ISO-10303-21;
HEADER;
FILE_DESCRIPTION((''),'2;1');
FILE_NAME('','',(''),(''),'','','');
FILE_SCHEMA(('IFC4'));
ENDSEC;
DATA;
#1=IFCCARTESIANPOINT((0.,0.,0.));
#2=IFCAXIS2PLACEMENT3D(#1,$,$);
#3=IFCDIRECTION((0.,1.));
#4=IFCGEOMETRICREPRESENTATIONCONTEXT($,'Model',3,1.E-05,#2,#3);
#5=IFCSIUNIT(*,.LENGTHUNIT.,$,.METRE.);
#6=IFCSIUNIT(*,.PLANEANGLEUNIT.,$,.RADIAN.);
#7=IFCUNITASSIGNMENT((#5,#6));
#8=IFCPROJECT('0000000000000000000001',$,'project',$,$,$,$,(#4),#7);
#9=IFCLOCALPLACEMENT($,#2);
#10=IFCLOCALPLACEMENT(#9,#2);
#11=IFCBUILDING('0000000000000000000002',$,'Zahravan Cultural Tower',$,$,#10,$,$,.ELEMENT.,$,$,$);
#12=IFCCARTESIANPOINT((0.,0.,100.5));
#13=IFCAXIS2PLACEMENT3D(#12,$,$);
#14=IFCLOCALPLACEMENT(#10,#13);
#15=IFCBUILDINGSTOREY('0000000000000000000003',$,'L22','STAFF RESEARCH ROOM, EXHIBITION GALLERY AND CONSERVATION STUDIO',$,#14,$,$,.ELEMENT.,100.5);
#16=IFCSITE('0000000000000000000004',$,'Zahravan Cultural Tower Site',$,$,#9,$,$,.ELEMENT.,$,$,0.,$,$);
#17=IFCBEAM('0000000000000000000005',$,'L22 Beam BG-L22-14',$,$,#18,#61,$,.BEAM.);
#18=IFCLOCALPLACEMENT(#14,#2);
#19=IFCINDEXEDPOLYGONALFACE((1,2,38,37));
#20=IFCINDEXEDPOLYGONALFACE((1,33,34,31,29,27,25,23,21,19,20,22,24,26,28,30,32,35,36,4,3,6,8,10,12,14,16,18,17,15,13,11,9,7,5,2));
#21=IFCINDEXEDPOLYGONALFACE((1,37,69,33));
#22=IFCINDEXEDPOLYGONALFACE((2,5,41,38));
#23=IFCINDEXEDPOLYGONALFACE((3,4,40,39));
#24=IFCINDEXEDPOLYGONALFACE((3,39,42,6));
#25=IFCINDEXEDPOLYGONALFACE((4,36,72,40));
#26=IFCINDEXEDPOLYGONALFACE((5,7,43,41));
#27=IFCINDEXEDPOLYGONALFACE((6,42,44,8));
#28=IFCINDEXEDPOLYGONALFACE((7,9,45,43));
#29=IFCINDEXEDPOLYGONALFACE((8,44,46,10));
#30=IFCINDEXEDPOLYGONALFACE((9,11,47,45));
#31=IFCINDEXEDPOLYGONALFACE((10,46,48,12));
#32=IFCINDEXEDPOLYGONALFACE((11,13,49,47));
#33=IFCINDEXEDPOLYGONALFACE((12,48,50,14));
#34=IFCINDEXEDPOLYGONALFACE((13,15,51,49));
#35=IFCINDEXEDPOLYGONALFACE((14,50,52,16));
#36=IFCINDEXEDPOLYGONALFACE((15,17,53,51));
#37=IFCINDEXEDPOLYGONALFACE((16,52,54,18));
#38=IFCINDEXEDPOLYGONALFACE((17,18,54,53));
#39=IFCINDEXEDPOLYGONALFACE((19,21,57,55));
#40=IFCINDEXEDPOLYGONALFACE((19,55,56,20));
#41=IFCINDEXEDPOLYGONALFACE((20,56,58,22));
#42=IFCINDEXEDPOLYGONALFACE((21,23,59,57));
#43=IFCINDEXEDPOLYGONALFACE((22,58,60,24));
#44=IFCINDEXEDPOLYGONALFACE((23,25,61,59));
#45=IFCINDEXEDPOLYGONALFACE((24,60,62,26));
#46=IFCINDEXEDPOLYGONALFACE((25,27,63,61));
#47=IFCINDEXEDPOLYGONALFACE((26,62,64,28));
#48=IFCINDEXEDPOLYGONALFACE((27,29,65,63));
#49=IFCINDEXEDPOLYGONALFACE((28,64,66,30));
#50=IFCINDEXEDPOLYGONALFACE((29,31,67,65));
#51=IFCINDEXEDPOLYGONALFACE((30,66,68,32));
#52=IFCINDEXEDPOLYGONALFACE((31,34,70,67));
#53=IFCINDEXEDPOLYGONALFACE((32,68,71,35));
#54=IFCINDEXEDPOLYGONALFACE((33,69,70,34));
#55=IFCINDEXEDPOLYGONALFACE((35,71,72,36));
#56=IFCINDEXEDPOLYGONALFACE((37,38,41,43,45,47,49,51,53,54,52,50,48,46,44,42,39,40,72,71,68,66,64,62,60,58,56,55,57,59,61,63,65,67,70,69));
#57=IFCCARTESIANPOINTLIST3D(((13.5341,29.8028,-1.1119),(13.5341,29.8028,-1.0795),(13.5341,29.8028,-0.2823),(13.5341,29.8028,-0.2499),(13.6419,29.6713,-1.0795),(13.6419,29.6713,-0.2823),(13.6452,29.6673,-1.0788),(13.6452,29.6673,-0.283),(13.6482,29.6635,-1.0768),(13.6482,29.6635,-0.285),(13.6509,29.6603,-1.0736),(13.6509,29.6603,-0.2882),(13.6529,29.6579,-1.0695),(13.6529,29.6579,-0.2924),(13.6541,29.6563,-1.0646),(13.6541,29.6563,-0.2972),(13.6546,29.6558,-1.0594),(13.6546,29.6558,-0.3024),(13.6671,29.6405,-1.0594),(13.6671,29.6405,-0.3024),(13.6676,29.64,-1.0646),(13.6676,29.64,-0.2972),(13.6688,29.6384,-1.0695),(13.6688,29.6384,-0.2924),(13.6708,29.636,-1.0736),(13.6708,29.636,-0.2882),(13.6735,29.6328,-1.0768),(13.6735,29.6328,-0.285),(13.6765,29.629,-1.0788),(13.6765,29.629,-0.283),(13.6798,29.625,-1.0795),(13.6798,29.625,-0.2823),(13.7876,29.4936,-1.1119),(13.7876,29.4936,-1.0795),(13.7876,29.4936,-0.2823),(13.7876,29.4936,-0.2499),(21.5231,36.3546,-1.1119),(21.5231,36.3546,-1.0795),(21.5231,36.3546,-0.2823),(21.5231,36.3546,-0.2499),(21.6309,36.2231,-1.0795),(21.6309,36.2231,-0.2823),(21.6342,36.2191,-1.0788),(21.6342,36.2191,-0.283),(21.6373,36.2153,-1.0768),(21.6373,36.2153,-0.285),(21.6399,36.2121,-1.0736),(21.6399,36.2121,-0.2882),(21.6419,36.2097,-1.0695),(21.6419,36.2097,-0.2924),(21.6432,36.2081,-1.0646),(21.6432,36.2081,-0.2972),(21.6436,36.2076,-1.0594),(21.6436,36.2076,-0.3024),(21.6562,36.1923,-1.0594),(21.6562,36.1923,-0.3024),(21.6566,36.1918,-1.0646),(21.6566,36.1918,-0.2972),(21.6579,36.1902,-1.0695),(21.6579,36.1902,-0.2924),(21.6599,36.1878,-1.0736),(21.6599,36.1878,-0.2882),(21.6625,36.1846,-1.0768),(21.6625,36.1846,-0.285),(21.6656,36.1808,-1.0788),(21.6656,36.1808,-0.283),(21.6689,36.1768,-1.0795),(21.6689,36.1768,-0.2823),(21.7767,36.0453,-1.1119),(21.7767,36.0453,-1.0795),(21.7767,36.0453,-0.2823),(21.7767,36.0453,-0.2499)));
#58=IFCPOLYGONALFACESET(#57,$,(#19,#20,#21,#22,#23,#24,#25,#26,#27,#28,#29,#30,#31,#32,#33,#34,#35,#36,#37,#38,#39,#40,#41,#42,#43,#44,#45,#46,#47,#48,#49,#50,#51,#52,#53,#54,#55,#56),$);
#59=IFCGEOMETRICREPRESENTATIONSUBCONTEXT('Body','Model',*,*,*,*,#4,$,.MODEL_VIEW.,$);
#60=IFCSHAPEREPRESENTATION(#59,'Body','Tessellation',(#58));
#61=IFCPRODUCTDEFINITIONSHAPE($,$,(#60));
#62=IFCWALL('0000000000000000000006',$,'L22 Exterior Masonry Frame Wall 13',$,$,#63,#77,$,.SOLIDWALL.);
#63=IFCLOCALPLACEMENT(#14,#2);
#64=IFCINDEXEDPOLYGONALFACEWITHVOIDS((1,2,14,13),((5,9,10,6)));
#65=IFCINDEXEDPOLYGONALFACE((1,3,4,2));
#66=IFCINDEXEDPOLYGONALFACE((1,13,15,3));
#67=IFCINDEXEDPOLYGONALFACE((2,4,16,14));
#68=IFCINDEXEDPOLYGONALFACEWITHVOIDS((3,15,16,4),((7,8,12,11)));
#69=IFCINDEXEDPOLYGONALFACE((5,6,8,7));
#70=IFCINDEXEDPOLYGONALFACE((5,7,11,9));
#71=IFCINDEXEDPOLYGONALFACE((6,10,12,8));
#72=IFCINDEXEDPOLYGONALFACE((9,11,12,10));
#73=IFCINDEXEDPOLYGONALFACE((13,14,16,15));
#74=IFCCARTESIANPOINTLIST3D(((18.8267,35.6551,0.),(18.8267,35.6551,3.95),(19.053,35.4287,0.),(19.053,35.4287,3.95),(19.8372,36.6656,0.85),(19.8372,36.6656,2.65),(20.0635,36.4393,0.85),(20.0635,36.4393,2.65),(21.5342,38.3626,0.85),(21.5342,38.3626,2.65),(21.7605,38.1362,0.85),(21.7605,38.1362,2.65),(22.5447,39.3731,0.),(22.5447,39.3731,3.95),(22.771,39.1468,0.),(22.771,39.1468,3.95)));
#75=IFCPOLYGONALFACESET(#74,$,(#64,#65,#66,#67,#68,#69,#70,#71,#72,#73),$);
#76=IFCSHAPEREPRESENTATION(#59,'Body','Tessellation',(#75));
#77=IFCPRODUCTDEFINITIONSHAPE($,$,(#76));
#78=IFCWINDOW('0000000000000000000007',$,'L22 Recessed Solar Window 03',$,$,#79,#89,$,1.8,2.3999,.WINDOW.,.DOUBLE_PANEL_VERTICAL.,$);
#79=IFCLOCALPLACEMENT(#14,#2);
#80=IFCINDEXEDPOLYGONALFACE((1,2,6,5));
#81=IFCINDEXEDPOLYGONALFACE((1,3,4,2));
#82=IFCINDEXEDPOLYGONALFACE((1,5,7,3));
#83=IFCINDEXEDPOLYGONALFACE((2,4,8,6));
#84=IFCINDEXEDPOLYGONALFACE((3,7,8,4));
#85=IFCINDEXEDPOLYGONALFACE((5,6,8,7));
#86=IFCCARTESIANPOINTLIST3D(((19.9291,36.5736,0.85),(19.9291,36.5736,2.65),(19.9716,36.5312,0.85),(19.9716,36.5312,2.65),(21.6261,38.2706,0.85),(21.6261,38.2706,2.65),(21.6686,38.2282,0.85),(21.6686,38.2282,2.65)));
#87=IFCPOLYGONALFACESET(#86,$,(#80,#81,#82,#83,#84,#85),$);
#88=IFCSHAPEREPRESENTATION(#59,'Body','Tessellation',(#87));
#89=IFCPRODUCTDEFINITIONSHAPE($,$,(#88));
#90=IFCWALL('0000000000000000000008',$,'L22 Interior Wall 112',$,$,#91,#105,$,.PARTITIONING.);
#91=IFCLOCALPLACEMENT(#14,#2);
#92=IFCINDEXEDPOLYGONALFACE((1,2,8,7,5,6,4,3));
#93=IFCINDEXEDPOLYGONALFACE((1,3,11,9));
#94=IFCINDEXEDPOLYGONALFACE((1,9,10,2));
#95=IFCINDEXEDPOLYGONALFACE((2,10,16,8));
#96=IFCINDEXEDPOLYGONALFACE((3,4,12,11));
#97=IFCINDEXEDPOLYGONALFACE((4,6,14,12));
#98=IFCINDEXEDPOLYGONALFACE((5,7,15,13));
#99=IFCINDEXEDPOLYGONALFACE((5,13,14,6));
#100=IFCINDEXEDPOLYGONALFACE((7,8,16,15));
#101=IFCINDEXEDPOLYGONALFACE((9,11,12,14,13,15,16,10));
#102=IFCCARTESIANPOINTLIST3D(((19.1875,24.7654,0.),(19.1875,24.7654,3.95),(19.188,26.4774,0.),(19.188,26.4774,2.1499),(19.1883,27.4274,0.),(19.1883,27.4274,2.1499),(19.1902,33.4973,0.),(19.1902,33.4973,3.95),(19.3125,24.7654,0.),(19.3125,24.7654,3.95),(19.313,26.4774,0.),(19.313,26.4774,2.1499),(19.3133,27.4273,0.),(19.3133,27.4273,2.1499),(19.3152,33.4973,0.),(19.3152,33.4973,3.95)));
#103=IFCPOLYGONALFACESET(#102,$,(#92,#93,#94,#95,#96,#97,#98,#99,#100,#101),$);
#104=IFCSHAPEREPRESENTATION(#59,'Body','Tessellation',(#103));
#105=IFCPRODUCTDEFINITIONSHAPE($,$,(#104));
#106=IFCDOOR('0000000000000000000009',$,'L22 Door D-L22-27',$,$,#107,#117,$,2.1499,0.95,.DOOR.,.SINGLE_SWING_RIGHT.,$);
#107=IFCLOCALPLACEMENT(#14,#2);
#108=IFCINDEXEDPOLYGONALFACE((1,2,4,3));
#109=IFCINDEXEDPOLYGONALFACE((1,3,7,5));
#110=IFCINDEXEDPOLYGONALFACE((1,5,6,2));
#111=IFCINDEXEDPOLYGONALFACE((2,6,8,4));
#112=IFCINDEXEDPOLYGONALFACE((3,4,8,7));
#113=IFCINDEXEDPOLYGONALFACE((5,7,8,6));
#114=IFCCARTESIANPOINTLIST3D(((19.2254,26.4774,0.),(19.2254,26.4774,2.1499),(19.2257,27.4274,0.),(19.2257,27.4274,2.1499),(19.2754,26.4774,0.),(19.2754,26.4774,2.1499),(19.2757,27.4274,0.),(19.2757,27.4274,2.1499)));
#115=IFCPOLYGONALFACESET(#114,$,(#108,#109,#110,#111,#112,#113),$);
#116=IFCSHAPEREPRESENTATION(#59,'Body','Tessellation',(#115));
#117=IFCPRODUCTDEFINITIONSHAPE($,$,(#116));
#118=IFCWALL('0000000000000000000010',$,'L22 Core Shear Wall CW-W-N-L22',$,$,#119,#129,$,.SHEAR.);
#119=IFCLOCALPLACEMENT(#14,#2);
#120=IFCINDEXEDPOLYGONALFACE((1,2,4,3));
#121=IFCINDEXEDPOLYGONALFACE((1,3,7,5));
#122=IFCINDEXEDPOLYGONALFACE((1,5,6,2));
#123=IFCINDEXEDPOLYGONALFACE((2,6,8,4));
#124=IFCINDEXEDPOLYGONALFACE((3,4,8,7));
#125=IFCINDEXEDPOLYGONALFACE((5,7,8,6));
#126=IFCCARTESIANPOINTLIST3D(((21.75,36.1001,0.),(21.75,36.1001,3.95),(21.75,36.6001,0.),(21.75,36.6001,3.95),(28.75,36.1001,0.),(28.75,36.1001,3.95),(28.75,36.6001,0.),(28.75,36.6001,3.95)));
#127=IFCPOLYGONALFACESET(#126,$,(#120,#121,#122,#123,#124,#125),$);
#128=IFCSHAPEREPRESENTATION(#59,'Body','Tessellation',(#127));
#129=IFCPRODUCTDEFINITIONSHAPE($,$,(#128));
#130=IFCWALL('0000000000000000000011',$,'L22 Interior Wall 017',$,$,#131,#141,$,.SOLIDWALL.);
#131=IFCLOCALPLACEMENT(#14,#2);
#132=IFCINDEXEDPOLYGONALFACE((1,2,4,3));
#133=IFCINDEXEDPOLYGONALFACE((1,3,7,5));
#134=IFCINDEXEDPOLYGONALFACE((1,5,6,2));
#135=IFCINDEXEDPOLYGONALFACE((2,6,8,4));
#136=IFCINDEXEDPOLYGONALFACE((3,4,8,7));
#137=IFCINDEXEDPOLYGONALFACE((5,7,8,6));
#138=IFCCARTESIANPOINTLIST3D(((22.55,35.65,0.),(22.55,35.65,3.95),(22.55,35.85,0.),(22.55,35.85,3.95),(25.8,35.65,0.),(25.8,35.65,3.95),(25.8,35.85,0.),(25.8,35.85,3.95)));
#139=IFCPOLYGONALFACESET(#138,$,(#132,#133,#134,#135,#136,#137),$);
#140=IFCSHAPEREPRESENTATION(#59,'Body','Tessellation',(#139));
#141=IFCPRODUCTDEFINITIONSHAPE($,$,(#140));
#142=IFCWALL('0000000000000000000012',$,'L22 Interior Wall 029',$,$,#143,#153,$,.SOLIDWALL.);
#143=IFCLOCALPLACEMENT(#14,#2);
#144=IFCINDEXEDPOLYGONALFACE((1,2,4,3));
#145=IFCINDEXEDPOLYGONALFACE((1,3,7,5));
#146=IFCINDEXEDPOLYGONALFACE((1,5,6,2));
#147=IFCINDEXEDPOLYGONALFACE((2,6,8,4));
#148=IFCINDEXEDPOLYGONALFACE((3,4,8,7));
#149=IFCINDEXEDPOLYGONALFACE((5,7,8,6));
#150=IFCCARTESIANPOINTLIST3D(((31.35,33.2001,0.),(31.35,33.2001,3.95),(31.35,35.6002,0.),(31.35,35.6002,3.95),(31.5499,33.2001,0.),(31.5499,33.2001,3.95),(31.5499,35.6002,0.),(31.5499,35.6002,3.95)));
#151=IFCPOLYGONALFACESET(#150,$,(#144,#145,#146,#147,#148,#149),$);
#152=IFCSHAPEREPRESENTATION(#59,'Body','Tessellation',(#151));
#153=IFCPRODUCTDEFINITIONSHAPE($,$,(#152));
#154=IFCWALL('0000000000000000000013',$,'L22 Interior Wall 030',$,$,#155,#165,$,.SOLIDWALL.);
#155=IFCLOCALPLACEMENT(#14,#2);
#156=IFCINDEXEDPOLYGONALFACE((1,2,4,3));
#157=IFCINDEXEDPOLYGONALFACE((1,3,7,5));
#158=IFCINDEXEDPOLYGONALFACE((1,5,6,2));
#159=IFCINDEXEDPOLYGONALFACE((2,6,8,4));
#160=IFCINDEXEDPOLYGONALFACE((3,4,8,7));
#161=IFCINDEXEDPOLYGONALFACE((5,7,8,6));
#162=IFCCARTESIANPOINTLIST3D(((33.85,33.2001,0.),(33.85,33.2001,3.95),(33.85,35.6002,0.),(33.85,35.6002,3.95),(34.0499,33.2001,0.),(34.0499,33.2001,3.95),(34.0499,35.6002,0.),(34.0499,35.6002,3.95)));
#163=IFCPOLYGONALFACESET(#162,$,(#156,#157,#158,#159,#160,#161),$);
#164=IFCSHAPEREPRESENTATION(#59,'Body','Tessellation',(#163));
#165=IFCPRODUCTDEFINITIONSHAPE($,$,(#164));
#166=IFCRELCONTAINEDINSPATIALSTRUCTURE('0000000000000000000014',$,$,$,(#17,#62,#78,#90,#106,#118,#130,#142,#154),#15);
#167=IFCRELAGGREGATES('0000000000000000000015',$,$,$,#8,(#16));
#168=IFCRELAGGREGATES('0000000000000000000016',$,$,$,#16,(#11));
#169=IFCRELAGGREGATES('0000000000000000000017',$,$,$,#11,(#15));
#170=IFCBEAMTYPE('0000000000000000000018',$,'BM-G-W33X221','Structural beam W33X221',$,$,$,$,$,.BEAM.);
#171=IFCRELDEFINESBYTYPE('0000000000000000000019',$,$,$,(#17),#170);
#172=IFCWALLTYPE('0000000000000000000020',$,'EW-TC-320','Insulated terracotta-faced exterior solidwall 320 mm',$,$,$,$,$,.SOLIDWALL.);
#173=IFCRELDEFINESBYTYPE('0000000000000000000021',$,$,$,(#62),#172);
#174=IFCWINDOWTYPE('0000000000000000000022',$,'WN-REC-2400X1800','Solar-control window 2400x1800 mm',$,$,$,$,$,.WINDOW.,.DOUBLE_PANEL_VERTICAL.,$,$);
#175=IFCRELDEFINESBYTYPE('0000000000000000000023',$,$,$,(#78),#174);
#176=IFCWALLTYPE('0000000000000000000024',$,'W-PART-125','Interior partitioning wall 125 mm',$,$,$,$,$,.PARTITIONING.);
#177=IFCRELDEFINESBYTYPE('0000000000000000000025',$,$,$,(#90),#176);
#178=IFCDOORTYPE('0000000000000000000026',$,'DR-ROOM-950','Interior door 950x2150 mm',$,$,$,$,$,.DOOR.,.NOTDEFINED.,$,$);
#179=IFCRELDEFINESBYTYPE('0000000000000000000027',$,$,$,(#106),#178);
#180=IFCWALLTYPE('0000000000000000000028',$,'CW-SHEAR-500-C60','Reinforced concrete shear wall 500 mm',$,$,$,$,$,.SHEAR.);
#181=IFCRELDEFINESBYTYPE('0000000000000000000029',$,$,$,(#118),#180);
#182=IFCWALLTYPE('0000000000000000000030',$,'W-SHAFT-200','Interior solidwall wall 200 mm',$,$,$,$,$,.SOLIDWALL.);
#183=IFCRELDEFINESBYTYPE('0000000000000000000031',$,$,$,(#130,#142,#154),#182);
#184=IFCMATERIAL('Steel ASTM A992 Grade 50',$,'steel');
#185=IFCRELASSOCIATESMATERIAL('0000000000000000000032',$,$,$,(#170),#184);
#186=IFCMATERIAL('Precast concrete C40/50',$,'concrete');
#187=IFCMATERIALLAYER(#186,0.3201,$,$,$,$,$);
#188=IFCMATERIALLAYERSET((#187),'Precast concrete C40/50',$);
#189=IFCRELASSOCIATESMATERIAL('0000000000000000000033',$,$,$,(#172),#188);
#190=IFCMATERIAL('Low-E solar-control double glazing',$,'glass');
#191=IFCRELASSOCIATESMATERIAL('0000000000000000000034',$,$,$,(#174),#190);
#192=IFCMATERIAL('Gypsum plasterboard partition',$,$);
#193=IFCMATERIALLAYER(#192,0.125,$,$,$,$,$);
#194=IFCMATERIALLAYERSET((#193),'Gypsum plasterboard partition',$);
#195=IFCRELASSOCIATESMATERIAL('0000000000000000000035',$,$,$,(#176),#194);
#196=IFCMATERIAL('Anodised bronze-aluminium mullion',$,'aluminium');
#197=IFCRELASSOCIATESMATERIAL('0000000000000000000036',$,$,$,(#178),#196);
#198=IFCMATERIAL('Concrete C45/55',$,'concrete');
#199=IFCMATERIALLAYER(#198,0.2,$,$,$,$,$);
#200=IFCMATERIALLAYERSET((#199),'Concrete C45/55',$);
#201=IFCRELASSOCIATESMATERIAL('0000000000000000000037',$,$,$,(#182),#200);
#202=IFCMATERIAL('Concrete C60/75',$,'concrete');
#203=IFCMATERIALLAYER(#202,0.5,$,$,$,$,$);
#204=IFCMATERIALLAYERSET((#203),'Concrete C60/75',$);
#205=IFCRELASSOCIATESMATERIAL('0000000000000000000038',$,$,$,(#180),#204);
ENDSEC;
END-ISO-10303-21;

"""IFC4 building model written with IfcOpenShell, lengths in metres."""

from ifc_helpers import new_model, si_unit, direction, frame, frame_2d, origin, origin_2d, place, context, subcontext, project, spatial, rectangle, i_section, extrude, source, transform, mapped, material, layer, layer_set, material_profile, profile_set, type_object, element, fill, save


model = new_model("IFC4")

# Units and contexts
model_context = context("Model", 3, precision=1e-05, world=origin(), true_north=direction((0.0, 1.0)))
body_context = subcontext(model_context, "Body", "Model", "MODEL_VIEW")
ifc_project = project(units=[si_unit("LENGTHUNIT", "METRE"), si_unit("PLANEANGLEUNIT", "RADIAN")], contexts=[model_context])

# Site, building, storey
site_placement = place(None, origin())
site = spatial("IfcSite", under=ifc_project, at=site_placement, Name="Zahravan Cultural Tower Site", CompositionType="ELEMENT", RefElevation=0.0)
building_placement = place(site_placement, origin())
building = spatial("IfcBuilding", under=site, at=building_placement, Name="Zahravan Cultural Tower", CompositionType="ELEMENT")
storey_placement = place(building_placement, frame((0.0, 0.0, 100.5)))
storey = spatial("IfcBuildingStorey", under=building, at=storey_placement, Name="L22", Description="STAFF RESEARCH ROOM, EXHIBITION GALLERY AND CONSERVATION STUDIO", CompositionType="ELEMENT", Elevation=100.5)

# Shared definitions
ifc_material_1 = material(Name="Concrete C60/75", Category="concrete")

# Beam
ifc_material_2 = material(Name="Steel ASTM A992 Grade 50", Category="steel")
ifc_material_profile_1 = material_profile(ifc_material_2, i_section(OverallWidth=0.3999, OverallDepth=0.8621, WebThickness=0.0198, FlangeThickness=0.0325, FilletRadius=0.02, at=origin_2d()), Name="W33X221")
ifc_profile_set_1 = profile_set([ifc_material_profile_1], Name="Steel ASTM A992 Grade 50")
beam_type_1 = type_object("IfcBeamType", Name="BM-G-W33X221", Description="Structural beam W33X221", PredefinedType="BEAM", material=ifc_profile_set_1)
shared_shape_1 = source(origin(), body_context, "Body", "SweptSolid", [
    extrude(i_section(OverallWidth=0.3999, OverallDepth=0.8621, WebThickness=0.0198, FlangeThickness=0.0325, FilletRadius=0.02, at=origin_2d()), origin(), (0.0, 0.0, 1.0), 10.332),
])
beam_1_placement = place(storey_placement, frame((21.6499, 36.2, -0.6809), z_axis=(-0.773231, -0.634124, 0.0), x_axis=(0.634124, -0.773231, 0.0)))
element("IfcBeam", 1, at=beam_1_placement, inside=storey, type_object=beam_type_1, Name="L22 Beam BG-L22-14", PredefinedType="BEAM", context=body_context, shape_type="MappedRepresentation", body=[
    mapped(shared_shape_1, transform((0.0, 0.0, 0.0), x_axis=(1.0, 0.0, 0.0), y_axis=(0.0, 1.0, 0.0), z_axis=(0.0, 0.0, 1.0), scale=1.0)),
])

# Wall, opening, window
ifc_material_3 = material(Name="Precast concrete C40/50", Category="concrete")
ifc_layer_1 = layer(ifc_material_3, 0.3201)
ifc_layer_set_1 = layer_set([ifc_layer_1], Name="Precast concrete C40/50")
wall_type_1 = type_object("IfcWallType", Name="EW-TC-320", Description="Insulated terracotta-faced exterior solidwall 320 mm", PredefinedType="SOLIDWALL", material=ifc_layer_set_1)
wall_1_placement = place(storey_placement, frame((18.9399, 35.542, 0.0), z_axis=(0.0, 0.0, 1.0), x_axis=(0.707107, 0.707107, 0.0)))
wall_1 = element("IfcWall", 2, at=wall_1_placement, inside=storey, type_object=wall_type_1, Name="L22 Exterior Masonry Frame Wall 13", PredefinedType="SOLIDWALL", context=body_context, shape_type="SweptSolid", body=[
    extrude(rectangle(XDim=5.2581, YDim=0.3201, at=frame_2d((2.6289, 0.0))), origin(), (0.0, 0.0, 1.0), 3.95),
])
opening_1_placement = place(wall_1_placement, frame((1.429, 0.0, 0.8501)))
opening_1 = element("IfcOpeningElement", 3, at=opening_1_placement, cuts=wall_1, PredefinedType="OPENING", context=body_context, shape_type="SweptSolid", body=[
    extrude(rectangle(XDim=2.3999, YDim=1.8, at=frame_2d((1.2, 0.8999))), frame((0.0, 0.1699, 0.0), z_axis=(0.0, -1.0, 0.0), x_axis=(1.0, 0.0, 0.0)), (0.0, 0.0, 1.0), 0.3401),
])
ifc_material_4 = material(Name="Low-E solar-control double glazing", Category="glass")
window_type = type_object("IfcWindowType", Name="WN-REC-2400X1800", Description="Solar-control window 2400x1800 mm", PartitioningType="DOUBLE_PANEL_VERTICAL", PredefinedType="WINDOW", material=ifc_material_4)
shared_shape_2 = source(origin(), body_context, "Body", "SweptSolid", [
    extrude(rectangle(XDim=2.3999, YDim=1.8, at=frame_2d((1.2, 0.8999))), frame((0.0, 0.03, 0.0), z_axis=(0.0, -1.0, 0.0), x_axis=(1.0, 0.0, 0.0)), (0.0, 0.0, 1.0), 0.0601),
])
window_placement = place(opening_1_placement, origin())
window = element("IfcWindow", 4, at=window_placement, inside=storey, type_object=window_type, Name="L22 Recessed Solar Window 03", OverallHeight=1.8, OverallWidth=2.3999, PartitioningType="DOUBLE_PANEL_VERTICAL", PredefinedType="WINDOW", context=body_context, shape_type="MappedRepresentation", body=[
    mapped(shared_shape_2, transform((0.0, 0.0, 0.0), x_axis=(1.0, 0.0, 0.0), y_axis=(0.0, 1.0, 0.0), z_axis=(0.0, 0.0, 1.0), scale=1.0)),
])
fill(opening_1, window)

# Wall, opening, door
ifc_material_5 = material(Name="Gypsum plasterboard partition")
ifc_layer_2 = layer(ifc_material_5, 0.125)
ifc_layer_set_2 = layer_set([ifc_layer_2], Name="Gypsum plasterboard partition")
wall_type_2 = type_object("IfcWallType", Name="W-PART-125", Description="Interior partitioning wall 125 mm", PredefinedType="PARTITIONING", material=ifc_layer_set_2)
ifc_material_6 = material(Name="Anodised bronze-aluminium mullion", Category="aluminium")
door_type_1 = type_object("IfcDoorType", Name="DR-ROOM-950", Description="Interior door 950x2150 mm", OperationType="NOTDEFINED", PredefinedType="DOOR", material=ifc_material_6)
shared_shape_3 = source(origin(), body_context, "Body", "SweptSolid", [
    extrude(rectangle(XDim=0.95, YDim=2.1499, at=frame_2d((0.4751, 1.075))), frame((0.0, 0.0249, 0.0), z_axis=(0.0, -1.0, 0.0), x_axis=(1.0, 0.0, 0.0)), (0.0, 0.0, 1.0), 0.05),
])
wall_2_placement = place(storey_placement, frame((19.2527, 33.4973, 0.0), z_axis=(0.0, 0.0, 1.0), x_axis=(-0.000308, -1.0, 0.0)))
wall_2 = element("IfcWall", 5, at=wall_2_placement, inside=storey, type_object=wall_type_2, Name="L22 Interior Wall 112", PredefinedType="PARTITIONING", context=body_context, shape_type="SweptSolid", body=[
    extrude(rectangle(XDim=8.7319, YDim=0.125, at=frame_2d((4.366, 0.0))), origin(), (0.0, 0.0, 1.0), 3.95),
])
opening_2_placement = place(wall_2_placement, frame((6.0698, 0.0, 0.0)))
opening_2 = element("IfcOpeningElement", 6, at=opening_2_placement, cuts=wall_2, PredefinedType="OPENING", context=body_context, shape_type="SweptSolid", body=[
    extrude(rectangle(XDim=0.95, YDim=2.1499, at=frame_2d((0.4751, 1.075))), frame((0.0, 0.0725, 0.0), z_axis=(0.0, -1.0, 0.0), x_axis=(1.0, 0.0, 0.0)), (0.0, 0.0, 1.0), 0.145),
])
door_1_placement = place(opening_2_placement, origin())
door_1 = element("IfcDoor", 7, at=door_1_placement, inside=storey, type_object=door_type_1, Name="L22 Door D-L22-27", OperationType="SINGLE_SWING_RIGHT", OverallHeight=2.1499, OverallWidth=0.95, PredefinedType="DOOR", context=body_context, shape_type="MappedRepresentation", body=[
    mapped(shared_shape_3, transform((0.0, 0.0, 0.0), x_axis=(1.0, 0.0, 0.0), y_axis=(0.0, 1.0, 0.0), z_axis=(0.0, 0.0, 1.0), scale=1.0)),
])
fill(opening_2, door_1)
ifc_material_7 = material(Name="Concrete C45/55", Category="concrete")
ifc_layer_3 = layer(ifc_material_7, 0.2)
ifc_layer_set_3 = layer_set([ifc_layer_3], Name="Concrete C45/55")
wall_type_3 = type_object("IfcWallType", Name="W-SHAFT-200", Description="Interior solidwall wall 200 mm", PredefinedType="SOLIDWALL", material=ifc_layer_set_3)

# Walls
ifc_layer_4 = layer(ifc_material_1, 0.5)
ifc_layer_set_4 = layer_set([ifc_layer_4], Name="Concrete C60/75")
wall_type_4 = type_object("IfcWallType", Name="CW-SHEAR-500-C60", Description="Reinforced concrete shear wall 500 mm", PredefinedType="SHEAR", material=ifc_layer_set_4)
shared_shape_4 = source(origin(), body_context, "Body", "SweptSolid", [
    extrude(rectangle(XDim=7.0, YDim=0.5, at=frame_2d((3.5, 0.0))), origin(), (0.0, 0.0, 1.0), 3.95),
])
wall_3_placement = place(storey_placement, frame((21.75, 36.3501, 0.0), z_axis=(0.0, 0.0, 1.0), x_axis=(1.0, 0.0, 0.0)))
element("IfcWall", 8, at=wall_3_placement, inside=storey, type_object=wall_type_4, Name="L22 Core Shear Wall CW-W-N-L22", PredefinedType="SHEAR", context=body_context, shape_type="MappedRepresentation", body=[
    mapped(shared_shape_4, transform((0.0, 0.0, 0.0), x_axis=(1.0, 0.0, 0.0), y_axis=(0.0, 1.0, 0.0), z_axis=(0.0, 0.0, 1.0), scale=1.0)),
])
shared_shape_5 = source(origin(), body_context, "Body", "SweptSolid", [
    extrude(rectangle(XDim=3.25, YDim=0.2, at=frame_2d((1.625, 0.0))), origin(), (0.0, 0.0, 1.0), 3.95),
])
wall_4_placement = place(storey_placement, frame((22.55, 35.75, 0.0), z_axis=(0.0, 0.0, 1.0), x_axis=(1.0, 0.0, 0.0)))
element("IfcWall", 9, at=wall_4_placement, inside=storey, type_object=wall_type_3, Name="L22 Interior Wall 017", PredefinedType="SOLIDWALL", context=body_context, shape_type="MappedRepresentation", body=[
    mapped(shared_shape_5, transform((0.0, 0.0, 0.0), x_axis=(1.0, 0.0, 0.0), y_axis=(0.0, 1.0, 0.0), z_axis=(0.0, 0.0, 1.0), scale=1.0)),
])
shared_shape_6 = source(origin(), body_context, "Body", "SweptSolid", [
    extrude(rectangle(XDim=2.4001, YDim=0.2, at=frame_2d((1.2002, 0.0))), origin(), (0.0, 0.0, 1.0), 3.95),
])
for number, where, z_axis, x_axis, name in (
    (10, (31.45, 33.2, 0.0), (0.0, 0.0, 1.0), (0.0, 1.0, 0.0), "L22 Interior Wall 029"),
    (11, (33.95, 33.2, 0.0), (0.0, 0.0, 1.0), (0.0, 1.0, 0.0), "L22 Interior Wall 030"),
):
    element("IfcWall", number, at=place(storey_placement, frame(where, z_axis=z_axis, x_axis=x_axis)), inside=storey, type_object=wall_type_3, Name=name, PredefinedType="SOLIDWALL", context=body_context, shape_type="MappedRepresentation", body=[
        mapped(shared_shape_6, transform((0.0, 0.0, 0.0), x_axis=(1.0, 0.0, 0.0), y_axis=(0.0, 1.0, 0.0), z_axis=(0.0, 0.0, 1.0), scale=1.0)),
    ])

save(model, "model.ifc")
